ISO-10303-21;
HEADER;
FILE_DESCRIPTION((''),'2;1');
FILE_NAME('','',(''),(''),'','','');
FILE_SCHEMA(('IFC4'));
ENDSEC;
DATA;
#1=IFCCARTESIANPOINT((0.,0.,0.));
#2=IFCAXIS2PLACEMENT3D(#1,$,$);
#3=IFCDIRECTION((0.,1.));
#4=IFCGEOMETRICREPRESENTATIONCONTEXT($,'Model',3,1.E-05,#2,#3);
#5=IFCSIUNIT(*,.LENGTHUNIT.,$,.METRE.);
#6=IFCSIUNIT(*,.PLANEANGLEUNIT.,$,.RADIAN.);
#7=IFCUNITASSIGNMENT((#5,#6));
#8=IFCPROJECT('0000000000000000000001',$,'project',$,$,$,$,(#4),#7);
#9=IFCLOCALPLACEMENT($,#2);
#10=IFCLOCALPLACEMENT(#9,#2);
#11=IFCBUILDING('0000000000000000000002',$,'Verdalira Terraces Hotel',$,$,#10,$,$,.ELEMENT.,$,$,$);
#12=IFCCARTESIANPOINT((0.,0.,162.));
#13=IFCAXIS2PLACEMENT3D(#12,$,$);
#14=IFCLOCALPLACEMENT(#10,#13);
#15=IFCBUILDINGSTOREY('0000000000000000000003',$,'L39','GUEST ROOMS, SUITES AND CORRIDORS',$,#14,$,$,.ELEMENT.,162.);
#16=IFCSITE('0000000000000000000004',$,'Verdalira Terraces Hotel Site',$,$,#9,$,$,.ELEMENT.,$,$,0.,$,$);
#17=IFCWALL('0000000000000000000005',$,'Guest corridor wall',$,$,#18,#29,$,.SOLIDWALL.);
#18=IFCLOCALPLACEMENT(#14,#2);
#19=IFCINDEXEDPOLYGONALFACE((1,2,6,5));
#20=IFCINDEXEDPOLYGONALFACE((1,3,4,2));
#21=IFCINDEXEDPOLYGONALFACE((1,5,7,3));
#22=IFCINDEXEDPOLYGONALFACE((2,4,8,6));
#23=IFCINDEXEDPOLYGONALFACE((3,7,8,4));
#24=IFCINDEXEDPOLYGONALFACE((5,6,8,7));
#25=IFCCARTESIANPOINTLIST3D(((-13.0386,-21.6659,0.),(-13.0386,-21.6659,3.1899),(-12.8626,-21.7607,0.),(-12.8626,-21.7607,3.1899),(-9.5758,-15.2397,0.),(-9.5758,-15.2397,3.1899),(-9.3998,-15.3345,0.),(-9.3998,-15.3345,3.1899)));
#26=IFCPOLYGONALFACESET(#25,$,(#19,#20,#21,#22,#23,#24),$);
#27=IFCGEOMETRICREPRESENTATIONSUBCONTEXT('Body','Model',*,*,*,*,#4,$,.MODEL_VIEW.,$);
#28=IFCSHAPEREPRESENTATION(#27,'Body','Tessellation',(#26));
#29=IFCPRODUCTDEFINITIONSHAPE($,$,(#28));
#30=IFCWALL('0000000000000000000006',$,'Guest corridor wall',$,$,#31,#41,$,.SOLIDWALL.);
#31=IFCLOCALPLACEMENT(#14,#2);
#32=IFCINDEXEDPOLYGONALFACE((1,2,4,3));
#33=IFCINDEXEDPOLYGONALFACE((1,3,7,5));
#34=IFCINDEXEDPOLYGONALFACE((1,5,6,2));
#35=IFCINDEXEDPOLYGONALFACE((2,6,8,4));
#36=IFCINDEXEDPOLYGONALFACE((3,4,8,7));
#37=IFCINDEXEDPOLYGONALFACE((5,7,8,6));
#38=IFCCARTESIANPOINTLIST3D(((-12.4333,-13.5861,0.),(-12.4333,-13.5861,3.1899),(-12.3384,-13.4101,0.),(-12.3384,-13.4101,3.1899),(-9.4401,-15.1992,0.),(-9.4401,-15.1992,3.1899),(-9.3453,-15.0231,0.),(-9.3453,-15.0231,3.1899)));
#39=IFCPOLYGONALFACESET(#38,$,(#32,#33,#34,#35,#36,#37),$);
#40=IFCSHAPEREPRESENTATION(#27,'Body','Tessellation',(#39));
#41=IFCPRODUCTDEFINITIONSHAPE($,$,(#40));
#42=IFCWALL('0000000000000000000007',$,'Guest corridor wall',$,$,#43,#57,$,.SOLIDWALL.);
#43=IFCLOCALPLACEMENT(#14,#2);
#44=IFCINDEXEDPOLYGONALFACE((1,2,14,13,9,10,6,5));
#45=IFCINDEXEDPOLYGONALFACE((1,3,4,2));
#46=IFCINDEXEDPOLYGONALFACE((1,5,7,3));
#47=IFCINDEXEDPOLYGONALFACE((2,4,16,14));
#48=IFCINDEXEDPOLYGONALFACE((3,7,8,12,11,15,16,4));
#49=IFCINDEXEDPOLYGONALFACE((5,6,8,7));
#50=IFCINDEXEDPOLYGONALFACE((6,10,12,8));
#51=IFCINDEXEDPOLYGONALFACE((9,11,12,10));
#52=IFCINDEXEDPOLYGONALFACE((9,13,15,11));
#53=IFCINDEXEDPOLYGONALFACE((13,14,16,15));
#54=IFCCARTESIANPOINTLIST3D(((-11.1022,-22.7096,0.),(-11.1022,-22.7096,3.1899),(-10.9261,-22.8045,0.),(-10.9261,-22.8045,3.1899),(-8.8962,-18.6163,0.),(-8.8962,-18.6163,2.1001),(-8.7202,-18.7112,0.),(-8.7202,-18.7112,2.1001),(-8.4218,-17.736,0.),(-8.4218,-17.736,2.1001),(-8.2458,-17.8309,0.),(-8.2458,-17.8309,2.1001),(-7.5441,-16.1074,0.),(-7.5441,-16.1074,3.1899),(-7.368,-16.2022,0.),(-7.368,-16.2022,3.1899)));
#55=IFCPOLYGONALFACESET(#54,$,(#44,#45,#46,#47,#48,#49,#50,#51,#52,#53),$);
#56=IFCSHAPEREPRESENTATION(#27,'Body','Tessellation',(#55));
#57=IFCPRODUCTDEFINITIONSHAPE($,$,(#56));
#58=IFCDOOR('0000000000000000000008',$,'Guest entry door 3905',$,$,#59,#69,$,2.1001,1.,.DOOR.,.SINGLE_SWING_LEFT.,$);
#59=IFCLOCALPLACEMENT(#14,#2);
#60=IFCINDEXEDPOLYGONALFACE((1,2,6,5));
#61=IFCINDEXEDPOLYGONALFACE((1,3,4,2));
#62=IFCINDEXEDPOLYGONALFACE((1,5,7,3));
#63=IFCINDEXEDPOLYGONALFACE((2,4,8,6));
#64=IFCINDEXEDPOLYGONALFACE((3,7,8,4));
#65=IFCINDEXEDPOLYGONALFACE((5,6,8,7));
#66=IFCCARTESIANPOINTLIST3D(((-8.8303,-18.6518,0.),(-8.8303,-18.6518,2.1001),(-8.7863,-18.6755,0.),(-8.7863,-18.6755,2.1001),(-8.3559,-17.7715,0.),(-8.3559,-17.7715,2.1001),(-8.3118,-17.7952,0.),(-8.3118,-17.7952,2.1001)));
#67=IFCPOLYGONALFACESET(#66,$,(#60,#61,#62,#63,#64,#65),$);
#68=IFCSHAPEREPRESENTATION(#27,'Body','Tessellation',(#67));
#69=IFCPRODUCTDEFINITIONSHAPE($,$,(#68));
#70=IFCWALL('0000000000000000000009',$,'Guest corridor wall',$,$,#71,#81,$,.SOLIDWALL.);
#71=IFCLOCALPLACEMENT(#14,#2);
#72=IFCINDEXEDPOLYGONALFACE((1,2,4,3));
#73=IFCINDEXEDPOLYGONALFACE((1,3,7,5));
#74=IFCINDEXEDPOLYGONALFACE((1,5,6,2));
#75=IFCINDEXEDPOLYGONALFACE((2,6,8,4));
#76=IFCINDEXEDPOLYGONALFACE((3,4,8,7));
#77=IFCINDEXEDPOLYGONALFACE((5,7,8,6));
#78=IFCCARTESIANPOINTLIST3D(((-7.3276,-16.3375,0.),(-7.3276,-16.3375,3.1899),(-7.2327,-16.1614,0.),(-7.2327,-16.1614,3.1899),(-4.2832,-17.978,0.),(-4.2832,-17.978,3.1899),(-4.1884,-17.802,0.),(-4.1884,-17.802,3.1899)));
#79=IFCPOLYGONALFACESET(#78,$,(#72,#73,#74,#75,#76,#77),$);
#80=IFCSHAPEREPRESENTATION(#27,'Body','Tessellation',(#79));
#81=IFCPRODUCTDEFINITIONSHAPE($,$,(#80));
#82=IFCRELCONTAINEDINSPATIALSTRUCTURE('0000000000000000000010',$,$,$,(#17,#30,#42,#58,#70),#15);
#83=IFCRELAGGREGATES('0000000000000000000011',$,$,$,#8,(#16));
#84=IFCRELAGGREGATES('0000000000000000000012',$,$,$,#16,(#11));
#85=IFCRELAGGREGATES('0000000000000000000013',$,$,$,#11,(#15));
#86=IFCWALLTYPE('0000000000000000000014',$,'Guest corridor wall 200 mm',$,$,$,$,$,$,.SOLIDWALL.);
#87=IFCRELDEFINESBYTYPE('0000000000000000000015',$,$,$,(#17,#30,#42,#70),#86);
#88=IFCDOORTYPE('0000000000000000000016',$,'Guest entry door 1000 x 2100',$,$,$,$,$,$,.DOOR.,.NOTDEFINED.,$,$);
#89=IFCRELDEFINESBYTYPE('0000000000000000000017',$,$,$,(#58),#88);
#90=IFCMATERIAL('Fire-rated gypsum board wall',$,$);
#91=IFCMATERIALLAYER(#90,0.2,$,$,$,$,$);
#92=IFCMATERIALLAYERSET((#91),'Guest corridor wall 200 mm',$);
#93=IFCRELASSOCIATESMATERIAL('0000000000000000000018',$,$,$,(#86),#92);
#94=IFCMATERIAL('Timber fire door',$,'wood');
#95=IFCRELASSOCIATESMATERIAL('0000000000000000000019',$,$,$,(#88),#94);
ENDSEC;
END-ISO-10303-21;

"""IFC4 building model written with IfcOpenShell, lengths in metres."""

from ifc_helpers import new_model, si_unit, direction, frame, frame_2d, origin, place, context, subcontext, project, spatial, rectangle, extrude, material, layer, layer_set, type_object, element, fill, save


model = new_model("IFC4")

# Units and contexts
model_context = context("Model", 3, precision=1e-05, world=origin(), true_north=direction((0.0, 1.0)))
body_context = subcontext(model_context, "Body", "Model", "MODEL_VIEW")
ifc_project = project(units=[si_unit("LENGTHUNIT", "METRE"), si_unit("PLANEANGLEUNIT", "RADIAN")], contexts=[model_context])

# Site, building, storey
site_placement = place(None, origin())
site = spatial("IfcSite", under=ifc_project, at=site_placement, Name="Verdalira Terraces Hotel Site", CompositionType="ELEMENT", RefElevation=0.0)
building_placement = place(site_placement, origin())
building = spatial("IfcBuilding", under=site, at=building_placement, Name="Verdalira Terraces Hotel", CompositionType="ELEMENT")
storey_placement = place(building_placement, frame((0.0, 0.0, 162.0)))
storey = spatial("IfcBuildingStorey", under=building, at=storey_placement, Name="L39", Description="GUEST ROOMS, SUITES AND CORRIDORS", CompositionType="ELEMENT", Elevation=162.0)

# Walls
ifc_material_1 = material(Name="Fire-rated gypsum board wall")
ifc_layer_1 = layer(ifc_material_1, 0.2)
ifc_layer_set_1 = layer_set([ifc_layer_1], Name="Guest corridor wall 200 mm")
wall_type_1 = type_object("IfcWallType", Name="Guest corridor wall 200 mm", PredefinedType="SOLIDWALL", material=ifc_layer_set_1)
wall_1_placement = place(storey_placement, frame((-9.4878, -15.2871, 0.0), z_axis=(0.0, 0.0, 1.0), x_axis=(-0.474375, -0.880323, 0.0)))
element("IfcWall", 1, at=wall_1_placement, inside=storey, type_object=wall_type_1, Name="Guest corridor wall", PredefinedType="SOLIDWALL", context=body_context, shape_type="SweptSolid", body=[
    extrude(rectangle(XDim=7.2998, YDim=0.2, at=frame_2d((3.6499, 0.0))), origin(), (0.0, 0.0, 1.0), 3.1899),
])
wall_2_placement = place(storey_placement, frame((-12.386, -13.498, 0.0), z_axis=(0.0, 0.0, 1.0), x_axis=(0.880307, -0.474404, 0.0)))
element("IfcWall", 2, at=wall_2_placement, inside=storey, type_object=wall_type_1, Name="Guest corridor wall", PredefinedType="SOLIDWALL", context=body_context, shape_type="SweptSolid", body=[
    extrude(rectangle(XDim=3.4001, YDim=0.2, at=frame_2d((1.7002, 0.0))), origin(), (0.0, 0.0, 1.0), 3.1899),
])

# Wall, opening, door
wall_3_placement = place(storey_placement, frame((-7.4561, -16.1548, 0.0), z_axis=(0.0, 0.0, 1.0), x_axis=(-0.474412, -0.880303, 0.0)))
wall_3 = element("IfcWall", 3, at=wall_3_placement, inside=storey, type_object=wall_type_1, Name="Guest corridor wall", PredefinedType="SOLIDWALL", context=body_context, shape_type="SweptSolid", body=[
    extrude(rectangle(XDim=7.5, YDim=0.2, at=frame_2d((3.75, 0.0))), origin(), (0.0, 0.0, 1.0), 3.1899),
])
opening_1_placement = place(wall_3_placement, frame((1.8501, 0.0, 0.0)))
opening_1 = element("IfcOpeningElement", 4, at=opening_1_placement, cuts=wall_3, PredefinedType="OPENING", context=body_context, shape_type="SweptSolid", body=[
    extrude(rectangle(XDim=1.0, YDim=2.1001, at=frame_2d((0.5, 1.05))), frame((0.0, 0.1099, 0.0), z_axis=(0.0, -1.0, 0.0), x_axis=(1.0, 0.0, 0.0)), (0.0, 0.0, 1.0), 0.22),
])
ifc_material_2 = material(Name="Timber fire door", Category="wood")
door_type_1 = type_object("IfcDoorType", Name="Guest entry door 1000 x 2100", OperationType="NOTDEFINED", PredefinedType="DOOR", material=ifc_material_2)
door_1_placement = place(opening_1_placement, origin())
door_1 = element("IfcDoor", 5, at=door_1_placement, inside=storey, type_object=door_type_1, Name="Guest entry door 3905", OperationType="SINGLE_SWING_LEFT", OverallHeight=2.1001, OverallWidth=1.0, PredefinedType="DOOR", context=body_context, shape_type="SweptSolid", body=[
    extrude(rectangle(XDim=1.0, YDim=2.1001, at=frame_2d((0.5, 1.05))), frame((0.0, 0.0249, 0.0), z_axis=(0.0, -1.0, 0.0), x_axis=(1.0, 0.0, 0.0)), (0.0, 0.0, 1.0), 0.05),
])
fill(opening_1, door_1)

# Wall
wall_4_placement = place(storey_placement, frame((-7.28, -16.2495, 0.0), z_axis=(0.0, 0.0, 1.0), x_axis=(0.880312, -0.474394, 0.0)))
element("IfcWall", 6, at=wall_4_placement, inside=storey, type_object=wall_type_1, Name="Guest corridor wall", PredefinedType="SOLIDWALL", context=body_context, shape_type="SweptSolid", body=[
    extrude(rectangle(XDim=3.4583, YDim=0.2, at=frame_2d((1.729, 0.0))), origin(), (0.0, 0.0, 1.0), 3.1899),
])

save(model, "model.ifc")
